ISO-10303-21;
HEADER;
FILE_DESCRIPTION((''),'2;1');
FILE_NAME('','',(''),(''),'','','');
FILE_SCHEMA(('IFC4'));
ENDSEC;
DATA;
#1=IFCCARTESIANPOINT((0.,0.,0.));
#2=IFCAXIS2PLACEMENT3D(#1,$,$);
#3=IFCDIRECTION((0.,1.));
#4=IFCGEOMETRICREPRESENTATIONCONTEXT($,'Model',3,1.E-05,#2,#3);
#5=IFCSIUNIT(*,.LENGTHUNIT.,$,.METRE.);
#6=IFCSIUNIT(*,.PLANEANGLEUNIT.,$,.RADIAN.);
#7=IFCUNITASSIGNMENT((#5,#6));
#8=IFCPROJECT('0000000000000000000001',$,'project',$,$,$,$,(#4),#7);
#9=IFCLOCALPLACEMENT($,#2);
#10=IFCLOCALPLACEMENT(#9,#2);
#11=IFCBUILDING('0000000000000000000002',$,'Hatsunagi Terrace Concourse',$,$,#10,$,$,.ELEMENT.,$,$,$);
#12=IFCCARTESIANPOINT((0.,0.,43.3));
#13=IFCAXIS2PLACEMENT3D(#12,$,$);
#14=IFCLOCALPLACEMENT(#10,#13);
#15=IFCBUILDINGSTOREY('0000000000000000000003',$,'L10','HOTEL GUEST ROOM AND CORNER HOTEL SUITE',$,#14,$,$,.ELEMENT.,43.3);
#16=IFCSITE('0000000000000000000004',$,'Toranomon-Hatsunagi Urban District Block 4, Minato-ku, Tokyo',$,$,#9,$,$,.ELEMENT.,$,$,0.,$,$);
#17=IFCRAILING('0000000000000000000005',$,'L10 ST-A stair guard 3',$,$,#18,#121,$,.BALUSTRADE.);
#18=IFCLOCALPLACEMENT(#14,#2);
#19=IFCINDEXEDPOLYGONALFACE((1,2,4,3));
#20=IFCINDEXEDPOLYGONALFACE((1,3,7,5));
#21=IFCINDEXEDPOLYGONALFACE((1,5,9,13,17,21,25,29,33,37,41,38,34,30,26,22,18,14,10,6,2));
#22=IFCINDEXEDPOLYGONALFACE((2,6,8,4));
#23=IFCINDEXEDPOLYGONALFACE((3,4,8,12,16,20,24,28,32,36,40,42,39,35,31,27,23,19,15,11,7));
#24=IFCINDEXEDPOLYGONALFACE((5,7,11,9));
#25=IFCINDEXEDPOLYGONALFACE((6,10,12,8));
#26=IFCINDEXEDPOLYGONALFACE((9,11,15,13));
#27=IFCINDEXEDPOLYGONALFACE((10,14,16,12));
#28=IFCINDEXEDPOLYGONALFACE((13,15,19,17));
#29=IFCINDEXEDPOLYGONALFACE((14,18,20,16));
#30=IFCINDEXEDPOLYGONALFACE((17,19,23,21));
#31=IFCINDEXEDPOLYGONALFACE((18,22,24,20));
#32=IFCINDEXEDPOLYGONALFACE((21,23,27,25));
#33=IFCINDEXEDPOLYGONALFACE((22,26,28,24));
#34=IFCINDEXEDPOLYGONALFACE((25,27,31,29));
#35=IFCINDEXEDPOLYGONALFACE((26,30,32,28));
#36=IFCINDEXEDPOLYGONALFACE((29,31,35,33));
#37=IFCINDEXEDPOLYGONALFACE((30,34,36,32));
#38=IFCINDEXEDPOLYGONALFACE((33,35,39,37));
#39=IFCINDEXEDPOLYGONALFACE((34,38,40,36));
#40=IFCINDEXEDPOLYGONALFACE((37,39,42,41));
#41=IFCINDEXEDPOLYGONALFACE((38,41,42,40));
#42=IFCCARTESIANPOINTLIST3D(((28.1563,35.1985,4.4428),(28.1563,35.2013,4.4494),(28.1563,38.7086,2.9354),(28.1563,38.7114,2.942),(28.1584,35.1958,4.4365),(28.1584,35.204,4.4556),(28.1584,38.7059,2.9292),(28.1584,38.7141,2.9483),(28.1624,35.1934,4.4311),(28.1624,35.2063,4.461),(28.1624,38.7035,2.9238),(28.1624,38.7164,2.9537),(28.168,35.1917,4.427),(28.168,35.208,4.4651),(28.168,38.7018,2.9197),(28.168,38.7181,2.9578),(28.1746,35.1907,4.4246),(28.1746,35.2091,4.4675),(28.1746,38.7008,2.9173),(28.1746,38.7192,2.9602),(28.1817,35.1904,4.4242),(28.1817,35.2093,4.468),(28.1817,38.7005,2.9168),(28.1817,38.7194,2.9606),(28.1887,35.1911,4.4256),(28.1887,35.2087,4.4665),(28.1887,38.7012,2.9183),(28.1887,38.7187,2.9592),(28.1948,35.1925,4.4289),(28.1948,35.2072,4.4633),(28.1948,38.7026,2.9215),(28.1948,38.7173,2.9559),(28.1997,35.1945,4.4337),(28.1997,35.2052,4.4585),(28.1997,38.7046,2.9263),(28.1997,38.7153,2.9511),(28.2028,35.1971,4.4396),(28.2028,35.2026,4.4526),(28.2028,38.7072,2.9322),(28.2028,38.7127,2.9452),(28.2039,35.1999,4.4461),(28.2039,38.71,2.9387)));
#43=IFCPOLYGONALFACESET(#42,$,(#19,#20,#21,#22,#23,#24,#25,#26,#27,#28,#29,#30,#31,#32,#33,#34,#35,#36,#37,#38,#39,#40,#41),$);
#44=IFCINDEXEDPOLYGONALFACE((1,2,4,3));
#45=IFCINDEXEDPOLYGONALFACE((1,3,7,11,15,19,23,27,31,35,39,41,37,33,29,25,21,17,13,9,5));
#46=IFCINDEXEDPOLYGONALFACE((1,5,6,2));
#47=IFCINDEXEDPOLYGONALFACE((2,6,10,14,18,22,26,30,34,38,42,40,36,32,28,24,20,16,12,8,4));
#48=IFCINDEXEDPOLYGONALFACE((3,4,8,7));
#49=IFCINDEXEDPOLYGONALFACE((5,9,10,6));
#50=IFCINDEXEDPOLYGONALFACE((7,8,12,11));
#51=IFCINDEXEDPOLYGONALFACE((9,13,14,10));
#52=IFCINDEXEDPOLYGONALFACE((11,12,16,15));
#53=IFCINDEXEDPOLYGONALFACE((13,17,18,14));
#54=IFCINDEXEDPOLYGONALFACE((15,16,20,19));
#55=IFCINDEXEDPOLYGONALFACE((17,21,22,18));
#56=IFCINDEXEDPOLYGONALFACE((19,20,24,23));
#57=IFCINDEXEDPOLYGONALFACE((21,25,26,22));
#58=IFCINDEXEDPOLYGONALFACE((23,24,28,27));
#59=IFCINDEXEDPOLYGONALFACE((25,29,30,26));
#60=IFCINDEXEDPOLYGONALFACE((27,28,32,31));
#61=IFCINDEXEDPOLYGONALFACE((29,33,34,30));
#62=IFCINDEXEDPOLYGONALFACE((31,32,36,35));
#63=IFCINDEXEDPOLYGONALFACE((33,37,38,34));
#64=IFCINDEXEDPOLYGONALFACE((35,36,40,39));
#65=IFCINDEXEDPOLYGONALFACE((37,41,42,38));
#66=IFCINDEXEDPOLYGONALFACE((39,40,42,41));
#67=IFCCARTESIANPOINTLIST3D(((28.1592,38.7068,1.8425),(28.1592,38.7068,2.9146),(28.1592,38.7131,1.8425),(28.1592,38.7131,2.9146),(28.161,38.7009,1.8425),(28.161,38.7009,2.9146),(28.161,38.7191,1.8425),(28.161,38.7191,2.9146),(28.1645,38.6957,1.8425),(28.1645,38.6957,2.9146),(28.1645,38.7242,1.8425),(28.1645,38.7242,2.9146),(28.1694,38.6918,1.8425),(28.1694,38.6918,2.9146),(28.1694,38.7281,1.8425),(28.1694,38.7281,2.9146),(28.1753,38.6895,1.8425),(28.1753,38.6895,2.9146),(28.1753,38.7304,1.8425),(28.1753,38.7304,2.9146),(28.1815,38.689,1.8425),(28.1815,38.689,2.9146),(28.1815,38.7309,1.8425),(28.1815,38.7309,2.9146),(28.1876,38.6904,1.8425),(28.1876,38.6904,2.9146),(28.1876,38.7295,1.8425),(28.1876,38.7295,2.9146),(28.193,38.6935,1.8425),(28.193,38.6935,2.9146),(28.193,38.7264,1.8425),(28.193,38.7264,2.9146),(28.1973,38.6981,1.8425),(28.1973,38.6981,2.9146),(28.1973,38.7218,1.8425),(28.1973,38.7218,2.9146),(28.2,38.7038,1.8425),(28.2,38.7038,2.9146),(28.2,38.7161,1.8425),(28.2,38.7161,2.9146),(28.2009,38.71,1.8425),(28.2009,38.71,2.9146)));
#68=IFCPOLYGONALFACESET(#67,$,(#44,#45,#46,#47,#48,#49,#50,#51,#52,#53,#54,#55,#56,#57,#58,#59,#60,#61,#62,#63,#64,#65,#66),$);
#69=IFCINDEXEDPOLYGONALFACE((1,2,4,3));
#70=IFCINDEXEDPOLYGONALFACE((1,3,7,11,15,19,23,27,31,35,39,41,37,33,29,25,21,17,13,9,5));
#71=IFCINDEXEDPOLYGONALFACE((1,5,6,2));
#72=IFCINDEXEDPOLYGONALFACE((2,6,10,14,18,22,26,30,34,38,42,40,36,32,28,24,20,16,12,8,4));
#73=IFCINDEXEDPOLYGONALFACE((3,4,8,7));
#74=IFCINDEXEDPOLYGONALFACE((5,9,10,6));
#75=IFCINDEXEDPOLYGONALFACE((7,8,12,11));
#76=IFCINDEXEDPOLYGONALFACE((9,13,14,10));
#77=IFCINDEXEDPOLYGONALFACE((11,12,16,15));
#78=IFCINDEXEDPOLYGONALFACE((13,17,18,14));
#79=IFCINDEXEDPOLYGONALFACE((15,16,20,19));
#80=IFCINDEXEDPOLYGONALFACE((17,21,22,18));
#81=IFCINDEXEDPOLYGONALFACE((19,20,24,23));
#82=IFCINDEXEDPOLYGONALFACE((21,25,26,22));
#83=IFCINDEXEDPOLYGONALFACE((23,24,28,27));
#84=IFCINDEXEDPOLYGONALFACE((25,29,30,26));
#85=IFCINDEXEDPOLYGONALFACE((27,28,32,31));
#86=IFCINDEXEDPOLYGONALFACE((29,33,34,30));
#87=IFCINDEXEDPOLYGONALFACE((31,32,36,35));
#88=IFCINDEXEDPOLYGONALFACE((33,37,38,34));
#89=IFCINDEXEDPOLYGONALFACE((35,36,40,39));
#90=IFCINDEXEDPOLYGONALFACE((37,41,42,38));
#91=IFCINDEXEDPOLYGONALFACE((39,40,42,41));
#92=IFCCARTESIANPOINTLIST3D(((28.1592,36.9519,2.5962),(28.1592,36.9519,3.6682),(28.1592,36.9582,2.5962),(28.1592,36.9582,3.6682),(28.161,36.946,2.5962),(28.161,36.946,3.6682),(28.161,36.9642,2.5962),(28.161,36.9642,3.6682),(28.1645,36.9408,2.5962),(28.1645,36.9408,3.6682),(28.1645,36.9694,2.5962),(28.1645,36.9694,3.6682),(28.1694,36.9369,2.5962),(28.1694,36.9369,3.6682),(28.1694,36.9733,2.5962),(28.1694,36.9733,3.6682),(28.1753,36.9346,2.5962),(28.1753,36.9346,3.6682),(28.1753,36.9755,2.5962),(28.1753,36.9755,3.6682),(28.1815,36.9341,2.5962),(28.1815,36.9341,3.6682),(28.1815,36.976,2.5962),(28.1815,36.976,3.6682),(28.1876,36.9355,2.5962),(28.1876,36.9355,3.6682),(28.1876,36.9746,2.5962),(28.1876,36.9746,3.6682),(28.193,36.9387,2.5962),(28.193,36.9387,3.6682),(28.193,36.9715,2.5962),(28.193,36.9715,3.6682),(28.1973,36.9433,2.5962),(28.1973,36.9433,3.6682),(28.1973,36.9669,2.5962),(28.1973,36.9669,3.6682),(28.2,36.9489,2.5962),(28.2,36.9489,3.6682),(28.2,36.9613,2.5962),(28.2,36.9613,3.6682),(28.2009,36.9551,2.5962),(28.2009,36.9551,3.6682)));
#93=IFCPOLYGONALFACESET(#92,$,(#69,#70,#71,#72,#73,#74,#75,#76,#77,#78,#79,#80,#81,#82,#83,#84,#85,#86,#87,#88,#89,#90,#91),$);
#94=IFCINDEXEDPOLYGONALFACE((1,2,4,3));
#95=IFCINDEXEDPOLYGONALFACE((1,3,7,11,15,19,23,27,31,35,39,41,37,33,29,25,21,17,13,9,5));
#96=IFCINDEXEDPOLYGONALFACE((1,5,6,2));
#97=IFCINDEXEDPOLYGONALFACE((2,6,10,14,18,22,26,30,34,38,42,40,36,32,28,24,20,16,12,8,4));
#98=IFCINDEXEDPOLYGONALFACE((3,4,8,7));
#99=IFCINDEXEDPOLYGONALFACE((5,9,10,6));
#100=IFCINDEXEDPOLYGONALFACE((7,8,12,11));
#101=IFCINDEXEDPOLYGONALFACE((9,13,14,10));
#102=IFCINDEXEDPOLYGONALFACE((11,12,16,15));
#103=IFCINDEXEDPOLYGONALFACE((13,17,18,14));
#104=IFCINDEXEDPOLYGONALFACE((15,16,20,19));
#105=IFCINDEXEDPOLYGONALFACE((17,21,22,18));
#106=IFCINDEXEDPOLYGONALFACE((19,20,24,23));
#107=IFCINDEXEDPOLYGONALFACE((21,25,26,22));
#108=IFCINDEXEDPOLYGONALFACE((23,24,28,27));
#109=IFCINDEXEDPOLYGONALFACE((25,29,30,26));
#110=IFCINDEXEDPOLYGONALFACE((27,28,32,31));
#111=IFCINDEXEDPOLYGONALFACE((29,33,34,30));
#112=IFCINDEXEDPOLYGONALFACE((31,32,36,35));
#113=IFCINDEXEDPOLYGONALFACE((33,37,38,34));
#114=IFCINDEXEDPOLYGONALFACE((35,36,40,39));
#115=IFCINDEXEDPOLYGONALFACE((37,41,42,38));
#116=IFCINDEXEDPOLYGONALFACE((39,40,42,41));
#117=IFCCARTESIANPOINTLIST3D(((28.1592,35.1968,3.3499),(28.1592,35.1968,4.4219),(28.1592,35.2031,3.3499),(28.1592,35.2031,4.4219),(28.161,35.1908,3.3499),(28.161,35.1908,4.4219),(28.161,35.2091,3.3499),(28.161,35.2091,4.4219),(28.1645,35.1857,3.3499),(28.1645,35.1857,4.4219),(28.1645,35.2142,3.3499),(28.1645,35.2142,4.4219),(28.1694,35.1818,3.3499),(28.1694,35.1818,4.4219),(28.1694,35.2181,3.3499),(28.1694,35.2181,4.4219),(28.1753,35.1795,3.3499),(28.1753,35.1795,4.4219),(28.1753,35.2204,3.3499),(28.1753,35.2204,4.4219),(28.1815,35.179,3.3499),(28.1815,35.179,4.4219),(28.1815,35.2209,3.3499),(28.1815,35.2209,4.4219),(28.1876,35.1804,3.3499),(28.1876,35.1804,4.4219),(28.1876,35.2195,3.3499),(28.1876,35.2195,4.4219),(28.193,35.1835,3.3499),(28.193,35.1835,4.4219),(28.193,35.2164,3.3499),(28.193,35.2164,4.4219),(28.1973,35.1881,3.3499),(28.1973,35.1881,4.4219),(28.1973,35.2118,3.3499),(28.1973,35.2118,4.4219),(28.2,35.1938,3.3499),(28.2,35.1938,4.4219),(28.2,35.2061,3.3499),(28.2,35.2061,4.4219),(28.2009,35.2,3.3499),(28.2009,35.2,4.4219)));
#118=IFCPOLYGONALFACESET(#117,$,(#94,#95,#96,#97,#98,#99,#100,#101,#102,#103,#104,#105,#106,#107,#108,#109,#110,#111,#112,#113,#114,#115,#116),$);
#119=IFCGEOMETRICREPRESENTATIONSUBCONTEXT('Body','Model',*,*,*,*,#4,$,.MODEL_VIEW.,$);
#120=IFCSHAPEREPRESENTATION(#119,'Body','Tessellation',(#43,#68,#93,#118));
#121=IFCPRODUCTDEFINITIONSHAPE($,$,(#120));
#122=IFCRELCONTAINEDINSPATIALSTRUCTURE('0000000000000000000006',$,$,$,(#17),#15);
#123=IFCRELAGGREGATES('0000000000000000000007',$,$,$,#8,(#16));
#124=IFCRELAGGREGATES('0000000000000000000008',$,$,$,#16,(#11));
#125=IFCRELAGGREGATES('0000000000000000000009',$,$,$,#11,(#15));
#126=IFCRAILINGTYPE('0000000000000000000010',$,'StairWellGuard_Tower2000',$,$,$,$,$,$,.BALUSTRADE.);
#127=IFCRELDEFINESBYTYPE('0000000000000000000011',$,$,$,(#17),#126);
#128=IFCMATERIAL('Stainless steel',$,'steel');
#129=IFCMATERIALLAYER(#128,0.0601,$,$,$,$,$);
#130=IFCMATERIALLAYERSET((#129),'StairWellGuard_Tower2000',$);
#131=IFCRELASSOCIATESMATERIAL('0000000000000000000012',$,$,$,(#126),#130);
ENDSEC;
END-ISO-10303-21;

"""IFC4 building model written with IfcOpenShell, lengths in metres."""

from ifc_helpers import new_model, si_unit, direction, frame, origin, origin_2d, place, context, subcontext, project, spatial, circle, extrude, material, layer, layer_set, type_object, element, save


model = new_model("IFC4")

# Units and contexts
model_context = context("Model", 3, precision=1e-05, world=origin(), true_north=direction((0.0, 1.0)))
body_context = subcontext(model_context, "Body", "Model", "MODEL_VIEW")
ifc_project = project(units=[si_unit("LENGTHUNIT", "METRE"), si_unit("PLANEANGLEUNIT", "RADIAN")], contexts=[model_context])

# Site, building, storey
site_placement = place(None, origin())
site = spatial("IfcSite", under=ifc_project, at=site_placement, Name="Toranomon-Hatsunagi Urban District Block 4, Minato-ku, Tokyo", CompositionType="ELEMENT", RefElevation=0.0)
building_placement = place(site_placement, origin())
building = spatial("IfcBuilding", under=site, at=building_placement, Name="Hatsunagi Terrace Concourse", CompositionType="ELEMENT")
storey_placement = place(building_placement, frame((0.0, 0.0, 43.3)))
storey = spatial("IfcBuildingStorey", under=building, at=storey_placement, Name="L10", Description="HOTEL GUEST ROOM AND CORNER HOTEL SUITE", CompositionType="ELEMENT", Elevation=43.3)

# Railing
ifc_material_1 = material(Name="Stainless steel", Category="steel")
ifc_layer_1 = layer(ifc_material_1, 0.0601)
ifc_layer_set_1 = layer_set([ifc_layer_1], Name="StairWellGuard_Tower2000")
railing_type_1 = type_object("IfcRailingType", Name="StairWellGuard_Tower2000", PredefinedType="BALUSTRADE", material=ifc_layer_set_1)
railing_1_placement = place(storey_placement, frame((28.1799, 38.71, 1.8425)))
element("IfcRailing", 1, at=railing_1_placement, inside=storey, type_object=railing_type_1, Name="L10 ST-A stair guard 3", PredefinedType="BALUSTRADE", context=body_context, shape_type="SweptSolid", body=[
    extrude(circle(Radius=0.0239, at=origin_2d()), frame((0.0, 0.0, 1.0962), z_axis=(0.0, -0.918857, 0.39459), x_axis=(1.0, 0.0, 0.0)), (0.0, 0.0, 1.0), 3.8201),
    extrude(circle(Radius=0.021, at=origin_2d()), origin(), (0.0, 0.0, 1.0), 1.072),
    extrude(circle(Radius=0.021, at=origin_2d()), frame((0.0, -1.7549, 0.7537)), (0.0, 0.0, 1.0), 1.072),
    extrude(circle(Radius=0.021, at=origin_2d()), frame((0.0, -3.51, 1.5073)), (0.0, 0.0, 1.0), 1.072),
])

save(model, "model.ifc")
